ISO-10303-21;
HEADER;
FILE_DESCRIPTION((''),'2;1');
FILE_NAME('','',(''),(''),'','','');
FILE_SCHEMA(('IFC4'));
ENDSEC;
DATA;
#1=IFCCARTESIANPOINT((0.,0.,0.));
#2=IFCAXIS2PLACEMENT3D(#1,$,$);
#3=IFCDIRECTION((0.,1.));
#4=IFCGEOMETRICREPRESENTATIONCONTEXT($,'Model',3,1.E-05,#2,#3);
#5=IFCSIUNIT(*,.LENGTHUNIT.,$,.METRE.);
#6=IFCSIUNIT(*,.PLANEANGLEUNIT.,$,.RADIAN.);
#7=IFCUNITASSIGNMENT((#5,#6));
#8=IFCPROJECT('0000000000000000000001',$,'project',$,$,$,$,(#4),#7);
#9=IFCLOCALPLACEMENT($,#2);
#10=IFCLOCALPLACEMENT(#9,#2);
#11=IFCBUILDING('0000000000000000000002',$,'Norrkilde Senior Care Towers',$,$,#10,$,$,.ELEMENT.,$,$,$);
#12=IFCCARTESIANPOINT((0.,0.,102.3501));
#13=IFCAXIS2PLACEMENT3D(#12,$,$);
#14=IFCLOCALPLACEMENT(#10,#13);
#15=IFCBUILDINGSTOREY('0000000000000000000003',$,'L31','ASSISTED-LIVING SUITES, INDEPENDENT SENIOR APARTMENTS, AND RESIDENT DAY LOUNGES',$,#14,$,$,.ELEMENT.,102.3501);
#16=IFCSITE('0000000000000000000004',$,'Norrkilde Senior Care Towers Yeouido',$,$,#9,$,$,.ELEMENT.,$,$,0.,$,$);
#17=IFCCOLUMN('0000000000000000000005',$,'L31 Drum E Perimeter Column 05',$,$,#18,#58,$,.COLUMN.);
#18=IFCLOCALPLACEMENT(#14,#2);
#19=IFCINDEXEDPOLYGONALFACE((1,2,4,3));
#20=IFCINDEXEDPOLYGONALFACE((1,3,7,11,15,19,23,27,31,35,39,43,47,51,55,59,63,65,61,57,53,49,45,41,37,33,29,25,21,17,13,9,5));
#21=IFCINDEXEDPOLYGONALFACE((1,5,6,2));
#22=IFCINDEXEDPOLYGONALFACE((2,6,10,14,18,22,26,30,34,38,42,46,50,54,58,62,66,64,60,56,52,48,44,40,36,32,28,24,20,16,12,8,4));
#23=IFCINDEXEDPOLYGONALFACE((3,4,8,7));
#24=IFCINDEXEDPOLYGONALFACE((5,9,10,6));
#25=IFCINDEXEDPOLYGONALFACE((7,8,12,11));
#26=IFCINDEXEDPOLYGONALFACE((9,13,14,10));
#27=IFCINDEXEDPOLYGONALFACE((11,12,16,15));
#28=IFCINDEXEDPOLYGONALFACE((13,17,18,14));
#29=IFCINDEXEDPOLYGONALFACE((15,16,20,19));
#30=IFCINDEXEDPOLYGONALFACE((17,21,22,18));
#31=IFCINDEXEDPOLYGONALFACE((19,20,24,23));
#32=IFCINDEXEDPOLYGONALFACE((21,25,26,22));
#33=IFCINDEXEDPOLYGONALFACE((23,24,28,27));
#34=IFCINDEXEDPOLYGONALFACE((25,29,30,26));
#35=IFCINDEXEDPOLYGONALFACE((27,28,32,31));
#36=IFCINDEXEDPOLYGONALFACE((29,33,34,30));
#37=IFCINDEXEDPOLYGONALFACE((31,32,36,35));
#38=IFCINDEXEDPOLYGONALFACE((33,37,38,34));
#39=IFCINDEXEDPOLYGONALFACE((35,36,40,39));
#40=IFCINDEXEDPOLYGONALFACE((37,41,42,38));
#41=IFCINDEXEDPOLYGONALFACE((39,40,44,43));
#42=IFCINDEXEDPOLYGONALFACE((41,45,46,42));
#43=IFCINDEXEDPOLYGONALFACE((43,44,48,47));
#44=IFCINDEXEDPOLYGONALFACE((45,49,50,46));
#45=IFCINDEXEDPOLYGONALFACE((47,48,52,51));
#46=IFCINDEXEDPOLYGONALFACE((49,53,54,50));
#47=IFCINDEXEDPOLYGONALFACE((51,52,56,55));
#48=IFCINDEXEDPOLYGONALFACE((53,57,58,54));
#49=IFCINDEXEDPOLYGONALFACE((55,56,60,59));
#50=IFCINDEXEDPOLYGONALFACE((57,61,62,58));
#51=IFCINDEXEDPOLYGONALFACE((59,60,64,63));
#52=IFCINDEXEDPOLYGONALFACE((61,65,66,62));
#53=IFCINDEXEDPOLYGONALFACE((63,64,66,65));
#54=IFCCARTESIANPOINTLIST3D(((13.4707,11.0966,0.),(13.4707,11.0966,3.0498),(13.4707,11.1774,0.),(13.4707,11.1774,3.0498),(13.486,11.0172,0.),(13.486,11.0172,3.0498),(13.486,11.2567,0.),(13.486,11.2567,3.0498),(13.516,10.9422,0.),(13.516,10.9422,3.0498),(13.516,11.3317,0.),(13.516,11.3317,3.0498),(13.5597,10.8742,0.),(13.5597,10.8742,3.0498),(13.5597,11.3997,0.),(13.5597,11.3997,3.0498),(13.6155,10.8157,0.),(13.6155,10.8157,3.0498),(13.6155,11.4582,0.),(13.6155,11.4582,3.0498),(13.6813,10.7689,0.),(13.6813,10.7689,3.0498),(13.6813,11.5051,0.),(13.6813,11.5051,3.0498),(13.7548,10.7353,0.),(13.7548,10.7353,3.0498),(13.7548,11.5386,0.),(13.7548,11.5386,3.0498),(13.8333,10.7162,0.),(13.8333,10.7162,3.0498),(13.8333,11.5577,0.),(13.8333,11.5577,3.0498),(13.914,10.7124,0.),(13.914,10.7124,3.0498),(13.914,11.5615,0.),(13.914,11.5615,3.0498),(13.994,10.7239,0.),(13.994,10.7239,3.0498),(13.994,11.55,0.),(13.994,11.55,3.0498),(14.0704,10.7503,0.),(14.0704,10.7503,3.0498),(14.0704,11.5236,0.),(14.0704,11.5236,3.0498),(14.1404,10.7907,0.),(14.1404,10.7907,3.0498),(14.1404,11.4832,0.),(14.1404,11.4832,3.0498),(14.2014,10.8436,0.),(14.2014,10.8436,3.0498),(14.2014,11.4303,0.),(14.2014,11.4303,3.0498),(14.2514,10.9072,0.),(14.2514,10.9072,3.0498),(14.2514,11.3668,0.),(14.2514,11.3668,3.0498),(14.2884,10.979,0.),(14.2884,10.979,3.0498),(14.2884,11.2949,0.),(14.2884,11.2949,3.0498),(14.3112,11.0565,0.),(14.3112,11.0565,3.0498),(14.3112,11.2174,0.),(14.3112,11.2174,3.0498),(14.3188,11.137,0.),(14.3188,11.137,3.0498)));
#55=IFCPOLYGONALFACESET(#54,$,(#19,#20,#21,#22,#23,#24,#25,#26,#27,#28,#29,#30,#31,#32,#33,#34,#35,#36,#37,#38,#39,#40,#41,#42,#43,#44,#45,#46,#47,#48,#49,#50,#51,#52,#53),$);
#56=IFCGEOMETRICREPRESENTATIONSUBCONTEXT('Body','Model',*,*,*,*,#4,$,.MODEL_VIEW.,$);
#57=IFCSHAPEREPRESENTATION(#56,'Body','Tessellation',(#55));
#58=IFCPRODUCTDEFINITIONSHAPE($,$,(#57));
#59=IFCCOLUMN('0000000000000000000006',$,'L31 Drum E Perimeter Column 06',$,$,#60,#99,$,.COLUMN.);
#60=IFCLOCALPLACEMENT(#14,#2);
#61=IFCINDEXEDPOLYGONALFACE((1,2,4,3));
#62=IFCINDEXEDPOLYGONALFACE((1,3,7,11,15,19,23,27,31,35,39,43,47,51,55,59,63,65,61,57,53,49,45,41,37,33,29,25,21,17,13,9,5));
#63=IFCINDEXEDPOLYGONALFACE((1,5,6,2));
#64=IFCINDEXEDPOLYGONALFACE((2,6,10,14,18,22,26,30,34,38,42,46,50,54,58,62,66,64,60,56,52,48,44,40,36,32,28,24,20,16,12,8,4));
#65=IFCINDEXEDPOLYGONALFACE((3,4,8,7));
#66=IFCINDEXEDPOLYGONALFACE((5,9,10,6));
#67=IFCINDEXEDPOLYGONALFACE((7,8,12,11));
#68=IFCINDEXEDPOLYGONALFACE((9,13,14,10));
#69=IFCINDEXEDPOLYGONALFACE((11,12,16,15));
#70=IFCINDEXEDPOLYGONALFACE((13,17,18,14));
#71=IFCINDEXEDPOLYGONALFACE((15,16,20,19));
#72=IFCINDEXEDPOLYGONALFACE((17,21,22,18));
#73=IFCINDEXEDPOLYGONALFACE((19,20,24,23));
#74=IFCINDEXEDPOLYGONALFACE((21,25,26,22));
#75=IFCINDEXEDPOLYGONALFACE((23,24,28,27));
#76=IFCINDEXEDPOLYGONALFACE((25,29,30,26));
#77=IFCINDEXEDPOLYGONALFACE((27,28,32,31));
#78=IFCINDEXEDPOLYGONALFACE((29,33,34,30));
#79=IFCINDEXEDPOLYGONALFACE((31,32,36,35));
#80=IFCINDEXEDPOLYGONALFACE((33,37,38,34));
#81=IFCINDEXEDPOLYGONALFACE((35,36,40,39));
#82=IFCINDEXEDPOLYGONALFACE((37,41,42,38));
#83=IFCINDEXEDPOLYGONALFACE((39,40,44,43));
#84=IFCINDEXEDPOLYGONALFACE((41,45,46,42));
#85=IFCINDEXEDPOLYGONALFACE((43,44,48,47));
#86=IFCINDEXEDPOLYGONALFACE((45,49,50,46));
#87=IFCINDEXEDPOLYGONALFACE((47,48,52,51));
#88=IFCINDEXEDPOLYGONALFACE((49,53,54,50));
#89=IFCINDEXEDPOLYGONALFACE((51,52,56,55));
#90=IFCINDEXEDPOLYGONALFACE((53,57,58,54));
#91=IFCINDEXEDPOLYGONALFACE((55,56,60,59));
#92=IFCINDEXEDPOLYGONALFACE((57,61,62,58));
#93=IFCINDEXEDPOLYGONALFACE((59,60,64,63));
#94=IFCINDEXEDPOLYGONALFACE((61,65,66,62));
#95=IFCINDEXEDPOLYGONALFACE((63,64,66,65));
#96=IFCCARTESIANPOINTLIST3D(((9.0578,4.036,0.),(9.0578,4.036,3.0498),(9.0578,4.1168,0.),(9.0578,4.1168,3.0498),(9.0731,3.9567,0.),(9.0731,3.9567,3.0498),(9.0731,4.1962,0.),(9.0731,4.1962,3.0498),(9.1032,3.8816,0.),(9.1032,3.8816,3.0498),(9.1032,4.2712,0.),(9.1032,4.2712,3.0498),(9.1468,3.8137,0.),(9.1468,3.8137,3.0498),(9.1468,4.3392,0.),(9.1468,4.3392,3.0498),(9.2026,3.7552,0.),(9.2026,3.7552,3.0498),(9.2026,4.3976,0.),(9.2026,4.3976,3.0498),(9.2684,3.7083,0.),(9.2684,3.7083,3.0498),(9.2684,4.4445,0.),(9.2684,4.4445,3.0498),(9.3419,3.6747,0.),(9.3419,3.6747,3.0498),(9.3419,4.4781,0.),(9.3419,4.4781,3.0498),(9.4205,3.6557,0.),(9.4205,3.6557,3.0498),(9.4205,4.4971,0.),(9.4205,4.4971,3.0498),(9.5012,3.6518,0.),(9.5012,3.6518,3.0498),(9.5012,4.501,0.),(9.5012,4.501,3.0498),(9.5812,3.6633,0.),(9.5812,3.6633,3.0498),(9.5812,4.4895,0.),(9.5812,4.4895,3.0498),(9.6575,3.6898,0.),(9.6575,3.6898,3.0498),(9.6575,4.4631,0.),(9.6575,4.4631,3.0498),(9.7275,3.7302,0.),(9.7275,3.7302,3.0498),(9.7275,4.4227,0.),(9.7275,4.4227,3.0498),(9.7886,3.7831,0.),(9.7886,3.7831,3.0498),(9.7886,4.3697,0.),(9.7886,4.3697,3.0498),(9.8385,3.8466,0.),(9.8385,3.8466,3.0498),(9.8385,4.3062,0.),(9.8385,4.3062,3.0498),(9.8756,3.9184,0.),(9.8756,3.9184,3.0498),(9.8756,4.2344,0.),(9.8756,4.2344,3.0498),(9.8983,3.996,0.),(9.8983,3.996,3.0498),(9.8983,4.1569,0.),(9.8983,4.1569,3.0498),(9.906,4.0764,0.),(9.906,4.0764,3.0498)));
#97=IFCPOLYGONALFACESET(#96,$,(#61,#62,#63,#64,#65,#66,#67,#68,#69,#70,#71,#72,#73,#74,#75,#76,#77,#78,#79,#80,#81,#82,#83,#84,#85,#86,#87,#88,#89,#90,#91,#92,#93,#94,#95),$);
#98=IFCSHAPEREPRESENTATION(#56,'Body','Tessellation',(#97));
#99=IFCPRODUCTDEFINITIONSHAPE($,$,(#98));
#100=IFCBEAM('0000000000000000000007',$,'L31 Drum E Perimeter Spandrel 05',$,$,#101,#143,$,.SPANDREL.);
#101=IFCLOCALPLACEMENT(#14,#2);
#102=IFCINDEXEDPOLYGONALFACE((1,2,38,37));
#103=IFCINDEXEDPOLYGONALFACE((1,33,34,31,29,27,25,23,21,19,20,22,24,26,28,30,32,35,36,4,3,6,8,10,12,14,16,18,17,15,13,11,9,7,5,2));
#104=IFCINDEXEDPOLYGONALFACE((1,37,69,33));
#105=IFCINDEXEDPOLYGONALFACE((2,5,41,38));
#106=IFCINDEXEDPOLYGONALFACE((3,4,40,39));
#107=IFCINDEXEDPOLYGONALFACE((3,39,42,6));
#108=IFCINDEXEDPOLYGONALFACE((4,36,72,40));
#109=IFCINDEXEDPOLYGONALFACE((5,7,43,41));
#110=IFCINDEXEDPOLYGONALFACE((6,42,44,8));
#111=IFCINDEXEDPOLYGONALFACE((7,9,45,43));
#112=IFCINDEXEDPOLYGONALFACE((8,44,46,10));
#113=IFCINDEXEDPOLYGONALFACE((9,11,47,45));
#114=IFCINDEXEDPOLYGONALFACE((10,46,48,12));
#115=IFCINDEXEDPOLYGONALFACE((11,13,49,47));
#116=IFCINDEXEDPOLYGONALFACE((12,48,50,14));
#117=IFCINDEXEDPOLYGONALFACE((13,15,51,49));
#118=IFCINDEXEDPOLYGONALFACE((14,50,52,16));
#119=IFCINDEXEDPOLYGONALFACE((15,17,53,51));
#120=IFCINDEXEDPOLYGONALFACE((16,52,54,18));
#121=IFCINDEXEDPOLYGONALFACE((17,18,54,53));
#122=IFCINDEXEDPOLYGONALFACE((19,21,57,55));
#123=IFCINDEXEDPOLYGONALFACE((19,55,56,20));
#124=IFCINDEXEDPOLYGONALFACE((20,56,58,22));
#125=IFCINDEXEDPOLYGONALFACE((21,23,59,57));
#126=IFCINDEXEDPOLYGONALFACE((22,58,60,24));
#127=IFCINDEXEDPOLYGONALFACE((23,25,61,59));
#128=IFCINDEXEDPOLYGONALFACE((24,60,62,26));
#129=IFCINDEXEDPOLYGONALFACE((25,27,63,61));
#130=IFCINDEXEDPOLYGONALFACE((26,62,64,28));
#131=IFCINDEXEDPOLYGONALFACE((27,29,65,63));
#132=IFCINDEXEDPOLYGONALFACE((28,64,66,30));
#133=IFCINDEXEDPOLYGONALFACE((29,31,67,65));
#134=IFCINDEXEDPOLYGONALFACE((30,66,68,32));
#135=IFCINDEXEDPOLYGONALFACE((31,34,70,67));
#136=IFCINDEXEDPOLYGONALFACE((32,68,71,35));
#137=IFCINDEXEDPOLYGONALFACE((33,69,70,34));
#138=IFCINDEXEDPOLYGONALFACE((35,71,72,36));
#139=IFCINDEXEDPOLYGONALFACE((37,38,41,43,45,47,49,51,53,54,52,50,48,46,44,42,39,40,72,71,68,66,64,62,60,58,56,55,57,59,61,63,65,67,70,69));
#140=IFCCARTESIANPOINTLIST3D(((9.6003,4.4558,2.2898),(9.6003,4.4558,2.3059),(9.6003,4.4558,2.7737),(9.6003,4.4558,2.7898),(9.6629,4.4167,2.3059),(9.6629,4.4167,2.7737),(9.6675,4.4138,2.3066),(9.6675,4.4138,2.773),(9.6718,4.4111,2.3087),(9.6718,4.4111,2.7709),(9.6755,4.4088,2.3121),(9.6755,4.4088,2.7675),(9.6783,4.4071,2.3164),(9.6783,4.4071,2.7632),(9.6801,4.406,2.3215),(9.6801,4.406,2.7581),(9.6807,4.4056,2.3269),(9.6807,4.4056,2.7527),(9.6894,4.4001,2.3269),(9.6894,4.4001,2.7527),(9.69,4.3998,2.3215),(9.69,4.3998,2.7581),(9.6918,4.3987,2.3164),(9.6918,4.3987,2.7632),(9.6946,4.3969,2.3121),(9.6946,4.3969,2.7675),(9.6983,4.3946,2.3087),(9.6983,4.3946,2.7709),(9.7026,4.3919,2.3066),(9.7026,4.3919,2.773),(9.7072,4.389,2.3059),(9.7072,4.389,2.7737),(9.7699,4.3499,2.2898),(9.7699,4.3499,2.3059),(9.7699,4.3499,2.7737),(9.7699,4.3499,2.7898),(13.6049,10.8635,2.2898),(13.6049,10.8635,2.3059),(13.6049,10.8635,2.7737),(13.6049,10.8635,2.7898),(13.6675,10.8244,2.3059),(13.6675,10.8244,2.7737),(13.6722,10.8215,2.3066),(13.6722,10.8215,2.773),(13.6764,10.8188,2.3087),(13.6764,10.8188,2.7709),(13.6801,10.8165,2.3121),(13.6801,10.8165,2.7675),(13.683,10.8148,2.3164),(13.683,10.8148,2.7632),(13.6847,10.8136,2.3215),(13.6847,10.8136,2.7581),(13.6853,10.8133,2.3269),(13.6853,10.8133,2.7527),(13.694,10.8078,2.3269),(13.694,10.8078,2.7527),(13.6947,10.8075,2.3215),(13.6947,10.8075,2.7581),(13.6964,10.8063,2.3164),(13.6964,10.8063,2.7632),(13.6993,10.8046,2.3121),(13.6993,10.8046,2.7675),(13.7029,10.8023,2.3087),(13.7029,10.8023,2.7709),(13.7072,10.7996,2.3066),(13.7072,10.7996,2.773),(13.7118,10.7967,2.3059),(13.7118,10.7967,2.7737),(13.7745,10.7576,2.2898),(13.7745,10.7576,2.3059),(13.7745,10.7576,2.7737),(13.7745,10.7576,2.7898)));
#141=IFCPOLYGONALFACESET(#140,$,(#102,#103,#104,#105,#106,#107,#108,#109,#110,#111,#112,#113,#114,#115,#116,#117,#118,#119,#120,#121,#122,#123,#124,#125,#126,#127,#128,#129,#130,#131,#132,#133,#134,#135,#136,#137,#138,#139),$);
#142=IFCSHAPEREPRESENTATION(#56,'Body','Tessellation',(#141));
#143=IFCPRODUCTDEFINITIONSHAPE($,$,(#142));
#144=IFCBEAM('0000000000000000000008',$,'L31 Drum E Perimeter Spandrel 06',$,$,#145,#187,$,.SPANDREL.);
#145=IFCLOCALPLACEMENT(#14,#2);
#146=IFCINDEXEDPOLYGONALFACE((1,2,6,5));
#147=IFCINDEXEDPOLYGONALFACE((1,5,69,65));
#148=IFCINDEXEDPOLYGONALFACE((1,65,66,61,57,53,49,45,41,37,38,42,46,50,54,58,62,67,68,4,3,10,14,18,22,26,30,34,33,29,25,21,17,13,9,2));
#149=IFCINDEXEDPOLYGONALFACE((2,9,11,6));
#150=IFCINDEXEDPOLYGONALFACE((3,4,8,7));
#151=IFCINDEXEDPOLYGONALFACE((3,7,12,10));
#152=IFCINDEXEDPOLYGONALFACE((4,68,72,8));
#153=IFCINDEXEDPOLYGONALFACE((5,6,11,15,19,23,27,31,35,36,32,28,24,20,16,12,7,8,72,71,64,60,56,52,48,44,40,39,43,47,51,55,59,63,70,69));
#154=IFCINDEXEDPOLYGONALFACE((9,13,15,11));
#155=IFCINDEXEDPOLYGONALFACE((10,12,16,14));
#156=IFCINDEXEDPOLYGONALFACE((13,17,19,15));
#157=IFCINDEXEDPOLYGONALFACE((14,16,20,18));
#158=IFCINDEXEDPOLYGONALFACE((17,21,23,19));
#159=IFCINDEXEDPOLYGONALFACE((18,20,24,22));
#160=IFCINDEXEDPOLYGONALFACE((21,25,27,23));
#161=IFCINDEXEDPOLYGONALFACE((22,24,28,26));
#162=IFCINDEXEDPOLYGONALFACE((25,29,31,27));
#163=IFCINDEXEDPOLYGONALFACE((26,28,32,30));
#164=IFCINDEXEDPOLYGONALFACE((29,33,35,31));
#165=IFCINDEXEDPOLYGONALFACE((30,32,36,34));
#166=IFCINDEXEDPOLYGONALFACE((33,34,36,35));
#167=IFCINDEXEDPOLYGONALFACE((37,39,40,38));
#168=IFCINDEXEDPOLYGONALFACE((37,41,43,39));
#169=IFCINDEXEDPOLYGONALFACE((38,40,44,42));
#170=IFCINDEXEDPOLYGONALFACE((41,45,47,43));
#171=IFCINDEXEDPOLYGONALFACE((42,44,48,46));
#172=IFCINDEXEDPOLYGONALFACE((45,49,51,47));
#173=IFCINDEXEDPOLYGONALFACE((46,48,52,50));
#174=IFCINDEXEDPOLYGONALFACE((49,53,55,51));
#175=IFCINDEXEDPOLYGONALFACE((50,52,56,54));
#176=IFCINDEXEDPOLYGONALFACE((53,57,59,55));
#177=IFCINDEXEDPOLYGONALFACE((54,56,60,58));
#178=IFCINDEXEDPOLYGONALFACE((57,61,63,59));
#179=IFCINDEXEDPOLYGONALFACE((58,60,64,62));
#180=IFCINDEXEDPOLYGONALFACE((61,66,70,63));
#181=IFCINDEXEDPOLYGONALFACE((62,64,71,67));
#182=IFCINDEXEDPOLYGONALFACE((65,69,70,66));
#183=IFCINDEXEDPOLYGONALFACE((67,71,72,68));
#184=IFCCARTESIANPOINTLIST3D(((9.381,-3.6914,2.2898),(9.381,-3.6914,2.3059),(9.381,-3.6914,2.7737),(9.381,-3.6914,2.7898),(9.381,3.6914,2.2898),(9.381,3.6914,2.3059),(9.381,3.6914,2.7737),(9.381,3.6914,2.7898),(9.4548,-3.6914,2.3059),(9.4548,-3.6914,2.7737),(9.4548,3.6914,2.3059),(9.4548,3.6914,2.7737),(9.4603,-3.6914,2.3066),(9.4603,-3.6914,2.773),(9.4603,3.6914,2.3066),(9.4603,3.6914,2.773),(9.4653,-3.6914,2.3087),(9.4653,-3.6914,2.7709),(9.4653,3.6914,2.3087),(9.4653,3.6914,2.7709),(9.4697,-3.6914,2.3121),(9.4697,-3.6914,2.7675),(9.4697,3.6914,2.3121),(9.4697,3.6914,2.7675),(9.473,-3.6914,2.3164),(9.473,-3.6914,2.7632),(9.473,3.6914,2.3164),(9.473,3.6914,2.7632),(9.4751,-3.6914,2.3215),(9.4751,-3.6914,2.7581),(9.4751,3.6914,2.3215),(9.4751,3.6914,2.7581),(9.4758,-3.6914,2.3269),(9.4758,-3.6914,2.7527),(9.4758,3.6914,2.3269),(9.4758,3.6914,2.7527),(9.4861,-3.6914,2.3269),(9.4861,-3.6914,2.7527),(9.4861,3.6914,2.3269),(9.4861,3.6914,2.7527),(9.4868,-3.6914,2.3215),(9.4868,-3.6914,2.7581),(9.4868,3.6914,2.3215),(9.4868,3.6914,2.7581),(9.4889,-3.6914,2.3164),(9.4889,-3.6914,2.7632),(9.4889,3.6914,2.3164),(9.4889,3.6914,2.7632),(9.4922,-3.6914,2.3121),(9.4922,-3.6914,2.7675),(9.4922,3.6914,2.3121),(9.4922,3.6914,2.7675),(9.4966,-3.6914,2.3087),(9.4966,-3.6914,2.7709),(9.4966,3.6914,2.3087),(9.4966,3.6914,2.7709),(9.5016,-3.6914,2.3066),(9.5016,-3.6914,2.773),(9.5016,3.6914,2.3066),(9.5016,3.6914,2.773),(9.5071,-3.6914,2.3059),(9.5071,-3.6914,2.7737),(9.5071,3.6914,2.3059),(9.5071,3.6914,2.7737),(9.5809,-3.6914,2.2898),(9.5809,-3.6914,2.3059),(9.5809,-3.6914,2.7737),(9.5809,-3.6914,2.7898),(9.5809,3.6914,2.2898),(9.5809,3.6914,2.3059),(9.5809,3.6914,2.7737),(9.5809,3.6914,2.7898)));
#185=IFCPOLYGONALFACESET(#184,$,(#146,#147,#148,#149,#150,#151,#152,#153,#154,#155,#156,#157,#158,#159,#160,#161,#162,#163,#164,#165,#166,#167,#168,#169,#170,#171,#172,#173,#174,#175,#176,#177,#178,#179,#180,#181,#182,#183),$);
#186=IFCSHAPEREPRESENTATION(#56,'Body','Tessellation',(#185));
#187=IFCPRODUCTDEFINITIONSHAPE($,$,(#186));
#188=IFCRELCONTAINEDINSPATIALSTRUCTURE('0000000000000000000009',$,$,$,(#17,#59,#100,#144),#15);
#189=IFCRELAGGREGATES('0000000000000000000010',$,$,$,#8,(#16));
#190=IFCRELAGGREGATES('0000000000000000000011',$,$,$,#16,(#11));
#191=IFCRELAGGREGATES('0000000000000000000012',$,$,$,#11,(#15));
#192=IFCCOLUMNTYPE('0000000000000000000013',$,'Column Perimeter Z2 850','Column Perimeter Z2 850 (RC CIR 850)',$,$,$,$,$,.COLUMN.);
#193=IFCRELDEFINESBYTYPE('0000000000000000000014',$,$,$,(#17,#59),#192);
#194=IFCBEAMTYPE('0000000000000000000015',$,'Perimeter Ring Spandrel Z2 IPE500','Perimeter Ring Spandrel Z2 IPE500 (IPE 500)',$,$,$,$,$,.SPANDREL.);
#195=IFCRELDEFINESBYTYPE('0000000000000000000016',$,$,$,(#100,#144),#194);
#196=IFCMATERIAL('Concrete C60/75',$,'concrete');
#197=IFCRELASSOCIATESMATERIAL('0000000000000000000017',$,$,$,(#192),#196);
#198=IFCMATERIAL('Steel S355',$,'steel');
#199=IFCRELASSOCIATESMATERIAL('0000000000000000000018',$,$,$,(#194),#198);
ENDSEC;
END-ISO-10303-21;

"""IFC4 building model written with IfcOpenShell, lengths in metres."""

from ifc_helpers import new_model, si_unit, direction, frame, origin, origin_2d, place, context, subcontext, project, spatial, circle, i_section, extrude, source, transform, mapped, material, material_profile, profile_set, type_object, type_shapes, element, save


model = new_model("IFC4")

# Units and contexts
model_context = context("Model", 3, precision=1e-05, world=origin(), true_north=direction((0.0, 1.0)))
body_context = subcontext(model_context, "Body", "Model", "MODEL_VIEW")
ifc_project = project(units=[si_unit("LENGTHUNIT", "METRE"), si_unit("PLANEANGLEUNIT", "RADIAN")], contexts=[model_context])

# Site, building, storey
site_placement = place(None, origin())
site = spatial("IfcSite", under=ifc_project, at=site_placement, Name="Norrkilde Senior Care Towers Yeouido", CompositionType="ELEMENT", RefElevation=0.0)
building_placement = place(site_placement, origin())
building = spatial("IfcBuilding", under=site, at=building_placement, Name="Norrkilde Senior Care Towers", CompositionType="ELEMENT")
storey_placement = place(building_placement, frame((0.0, 0.0, 102.3501)))
storey = spatial("IfcBuildingStorey", under=building, at=storey_placement, Name="L31", Description="ASSISTED-LIVING SUITES, INDEPENDENT SENIOR APARTMENTS, AND RESIDENT DAY LOUNGES", CompositionType="ELEMENT", Elevation=102.3501)

# Columns
ifc_material_1 = material(Name="Concrete C60/75", Category="concrete")
ifc_material_profile_1 = material_profile(ifc_material_1, circle(Radius=0.425, at=origin_2d()), Name="RC CIR 850")
ifc_profile_set_1 = profile_set([ifc_material_profile_1], Name="Concrete C60/75")
column_type = type_object("IfcColumnType", Name="Column Perimeter Z2 850", Description="Column Perimeter Z2 850 (RC CIR 850)", PredefinedType="COLUMN", material=ifc_profile_set_1)
shared_shape_1 = source(origin(), body_context, "Body", "SweptSolid", [
    extrude(circle(Radius=0.425, at=origin_2d()), origin(), (0.0, 0.0, 1.0), 3.0498),
])
type_shapes(column_type, [shared_shape_1])
for number, where, z_axis, x_axis, name in (
    (1, (13.8938, 11.137, 0.0), (0.0, 0.0, 1.0), (1.0, 0.0, 0.0), "L31 Drum E Perimeter Column 05"),
    (2, (9.481, 4.0764, 0.0), (0.0, 0.0, 1.0), (1.0, 0.0, 0.0), "L31 Drum E Perimeter Column 06"),
):
    element("IfcColumn", number, at=place(storey_placement, frame(where, z_axis=z_axis, x_axis=x_axis)), inside=storey, type_object=column_type, Name=name, PredefinedType="COLUMN", context=body_context, shape_type="MappedRepresentation", body=[
        mapped(shared_shape_1, transform((0.0, 0.0, 0.0), x_axis=(1.0, 0.0, 0.0), y_axis=(0.0, 1.0, 0.0), z_axis=(0.0, 0.0, 1.0), scale=1.0)),
    ])

# Beams
ifc_material_2 = material(Name="Steel S355", Category="steel")
ifc_material_profile_2 = material_profile(ifc_material_2, i_section(OverallWidth=0.2, OverallDepth=0.5, WebThickness=0.0103, FlangeThickness=0.0161, FilletRadius=0.021, at=origin_2d()), Name="IPE 500")
ifc_profile_set_2 = profile_set([ifc_material_profile_2], Name="Steel S355")
beam_type = type_object("IfcBeamType", Name="Perimeter Ring Spandrel Z2 IPE500", Description="Perimeter Ring Spandrel Z2 IPE500 (IPE 500)", PredefinedType="SPANDREL", material=ifc_profile_set_2)
shared_shape_2 = source(origin(), body_context, "Body", "SweptSolid", [
    extrude(i_section(OverallWidth=0.2, OverallDepth=0.5, WebThickness=0.0103, FlangeThickness=0.0161, FilletRadius=0.021, at=origin_2d()), origin(), (0.0, 0.0, 1.0), 7.5562),
])
beam_1_placement = place(storey_placement, frame((13.6897, 10.8105, 2.5398), z_axis=(-0.529982, -0.848009, 0.0), x_axis=(0.848009, -0.529982, 0.0)))
element("IfcBeam", 3, at=beam_1_placement, inside=storey, type_object=beam_type, Name="L31 Drum E Perimeter Spandrel 05", PredefinedType="SPANDREL", context=body_context, shape_type="MappedRepresentation", body=[
    mapped(shared_shape_2, transform((0.0, 0.0, 0.0), x_axis=(1.0, 0.0, 0.0), y_axis=(0.0, 1.0, 0.0), z_axis=(0.0, 0.0, 1.0), scale=1.0)),
])
shared_shape_3 = source(origin(), body_context, "Body", "SweptSolid", [
    extrude(i_section(OverallWidth=0.2, OverallDepth=0.5, WebThickness=0.0103, FlangeThickness=0.0161, FilletRadius=0.021, at=origin_2d()), origin(), (0.0, 0.0, 1.0), 7.3828),
])
type_shapes(beam_type, [shared_shape_2, shared_shape_3])
beam_2_placement = place(storey_placement, frame((9.481, 3.6914, 2.5398), z_axis=(0.0, -1.0, 0.0), x_axis=(1.0, 0.0, 0.0)))
element("IfcBeam", 4, at=beam_2_placement, inside=storey, type_object=beam_type, Name="L31 Drum E Perimeter Spandrel 06", PredefinedType="SPANDREL", context=body_context, shape_type="MappedRepresentation", body=[
    mapped(shared_shape_3, transform((0.0, 0.0, 0.0), x_axis=(1.0, 0.0, 0.0), y_axis=(0.0, 1.0, 0.0), z_axis=(0.0, 0.0, 1.0), scale=1.0)),
])

save(model, "model.ifc")
